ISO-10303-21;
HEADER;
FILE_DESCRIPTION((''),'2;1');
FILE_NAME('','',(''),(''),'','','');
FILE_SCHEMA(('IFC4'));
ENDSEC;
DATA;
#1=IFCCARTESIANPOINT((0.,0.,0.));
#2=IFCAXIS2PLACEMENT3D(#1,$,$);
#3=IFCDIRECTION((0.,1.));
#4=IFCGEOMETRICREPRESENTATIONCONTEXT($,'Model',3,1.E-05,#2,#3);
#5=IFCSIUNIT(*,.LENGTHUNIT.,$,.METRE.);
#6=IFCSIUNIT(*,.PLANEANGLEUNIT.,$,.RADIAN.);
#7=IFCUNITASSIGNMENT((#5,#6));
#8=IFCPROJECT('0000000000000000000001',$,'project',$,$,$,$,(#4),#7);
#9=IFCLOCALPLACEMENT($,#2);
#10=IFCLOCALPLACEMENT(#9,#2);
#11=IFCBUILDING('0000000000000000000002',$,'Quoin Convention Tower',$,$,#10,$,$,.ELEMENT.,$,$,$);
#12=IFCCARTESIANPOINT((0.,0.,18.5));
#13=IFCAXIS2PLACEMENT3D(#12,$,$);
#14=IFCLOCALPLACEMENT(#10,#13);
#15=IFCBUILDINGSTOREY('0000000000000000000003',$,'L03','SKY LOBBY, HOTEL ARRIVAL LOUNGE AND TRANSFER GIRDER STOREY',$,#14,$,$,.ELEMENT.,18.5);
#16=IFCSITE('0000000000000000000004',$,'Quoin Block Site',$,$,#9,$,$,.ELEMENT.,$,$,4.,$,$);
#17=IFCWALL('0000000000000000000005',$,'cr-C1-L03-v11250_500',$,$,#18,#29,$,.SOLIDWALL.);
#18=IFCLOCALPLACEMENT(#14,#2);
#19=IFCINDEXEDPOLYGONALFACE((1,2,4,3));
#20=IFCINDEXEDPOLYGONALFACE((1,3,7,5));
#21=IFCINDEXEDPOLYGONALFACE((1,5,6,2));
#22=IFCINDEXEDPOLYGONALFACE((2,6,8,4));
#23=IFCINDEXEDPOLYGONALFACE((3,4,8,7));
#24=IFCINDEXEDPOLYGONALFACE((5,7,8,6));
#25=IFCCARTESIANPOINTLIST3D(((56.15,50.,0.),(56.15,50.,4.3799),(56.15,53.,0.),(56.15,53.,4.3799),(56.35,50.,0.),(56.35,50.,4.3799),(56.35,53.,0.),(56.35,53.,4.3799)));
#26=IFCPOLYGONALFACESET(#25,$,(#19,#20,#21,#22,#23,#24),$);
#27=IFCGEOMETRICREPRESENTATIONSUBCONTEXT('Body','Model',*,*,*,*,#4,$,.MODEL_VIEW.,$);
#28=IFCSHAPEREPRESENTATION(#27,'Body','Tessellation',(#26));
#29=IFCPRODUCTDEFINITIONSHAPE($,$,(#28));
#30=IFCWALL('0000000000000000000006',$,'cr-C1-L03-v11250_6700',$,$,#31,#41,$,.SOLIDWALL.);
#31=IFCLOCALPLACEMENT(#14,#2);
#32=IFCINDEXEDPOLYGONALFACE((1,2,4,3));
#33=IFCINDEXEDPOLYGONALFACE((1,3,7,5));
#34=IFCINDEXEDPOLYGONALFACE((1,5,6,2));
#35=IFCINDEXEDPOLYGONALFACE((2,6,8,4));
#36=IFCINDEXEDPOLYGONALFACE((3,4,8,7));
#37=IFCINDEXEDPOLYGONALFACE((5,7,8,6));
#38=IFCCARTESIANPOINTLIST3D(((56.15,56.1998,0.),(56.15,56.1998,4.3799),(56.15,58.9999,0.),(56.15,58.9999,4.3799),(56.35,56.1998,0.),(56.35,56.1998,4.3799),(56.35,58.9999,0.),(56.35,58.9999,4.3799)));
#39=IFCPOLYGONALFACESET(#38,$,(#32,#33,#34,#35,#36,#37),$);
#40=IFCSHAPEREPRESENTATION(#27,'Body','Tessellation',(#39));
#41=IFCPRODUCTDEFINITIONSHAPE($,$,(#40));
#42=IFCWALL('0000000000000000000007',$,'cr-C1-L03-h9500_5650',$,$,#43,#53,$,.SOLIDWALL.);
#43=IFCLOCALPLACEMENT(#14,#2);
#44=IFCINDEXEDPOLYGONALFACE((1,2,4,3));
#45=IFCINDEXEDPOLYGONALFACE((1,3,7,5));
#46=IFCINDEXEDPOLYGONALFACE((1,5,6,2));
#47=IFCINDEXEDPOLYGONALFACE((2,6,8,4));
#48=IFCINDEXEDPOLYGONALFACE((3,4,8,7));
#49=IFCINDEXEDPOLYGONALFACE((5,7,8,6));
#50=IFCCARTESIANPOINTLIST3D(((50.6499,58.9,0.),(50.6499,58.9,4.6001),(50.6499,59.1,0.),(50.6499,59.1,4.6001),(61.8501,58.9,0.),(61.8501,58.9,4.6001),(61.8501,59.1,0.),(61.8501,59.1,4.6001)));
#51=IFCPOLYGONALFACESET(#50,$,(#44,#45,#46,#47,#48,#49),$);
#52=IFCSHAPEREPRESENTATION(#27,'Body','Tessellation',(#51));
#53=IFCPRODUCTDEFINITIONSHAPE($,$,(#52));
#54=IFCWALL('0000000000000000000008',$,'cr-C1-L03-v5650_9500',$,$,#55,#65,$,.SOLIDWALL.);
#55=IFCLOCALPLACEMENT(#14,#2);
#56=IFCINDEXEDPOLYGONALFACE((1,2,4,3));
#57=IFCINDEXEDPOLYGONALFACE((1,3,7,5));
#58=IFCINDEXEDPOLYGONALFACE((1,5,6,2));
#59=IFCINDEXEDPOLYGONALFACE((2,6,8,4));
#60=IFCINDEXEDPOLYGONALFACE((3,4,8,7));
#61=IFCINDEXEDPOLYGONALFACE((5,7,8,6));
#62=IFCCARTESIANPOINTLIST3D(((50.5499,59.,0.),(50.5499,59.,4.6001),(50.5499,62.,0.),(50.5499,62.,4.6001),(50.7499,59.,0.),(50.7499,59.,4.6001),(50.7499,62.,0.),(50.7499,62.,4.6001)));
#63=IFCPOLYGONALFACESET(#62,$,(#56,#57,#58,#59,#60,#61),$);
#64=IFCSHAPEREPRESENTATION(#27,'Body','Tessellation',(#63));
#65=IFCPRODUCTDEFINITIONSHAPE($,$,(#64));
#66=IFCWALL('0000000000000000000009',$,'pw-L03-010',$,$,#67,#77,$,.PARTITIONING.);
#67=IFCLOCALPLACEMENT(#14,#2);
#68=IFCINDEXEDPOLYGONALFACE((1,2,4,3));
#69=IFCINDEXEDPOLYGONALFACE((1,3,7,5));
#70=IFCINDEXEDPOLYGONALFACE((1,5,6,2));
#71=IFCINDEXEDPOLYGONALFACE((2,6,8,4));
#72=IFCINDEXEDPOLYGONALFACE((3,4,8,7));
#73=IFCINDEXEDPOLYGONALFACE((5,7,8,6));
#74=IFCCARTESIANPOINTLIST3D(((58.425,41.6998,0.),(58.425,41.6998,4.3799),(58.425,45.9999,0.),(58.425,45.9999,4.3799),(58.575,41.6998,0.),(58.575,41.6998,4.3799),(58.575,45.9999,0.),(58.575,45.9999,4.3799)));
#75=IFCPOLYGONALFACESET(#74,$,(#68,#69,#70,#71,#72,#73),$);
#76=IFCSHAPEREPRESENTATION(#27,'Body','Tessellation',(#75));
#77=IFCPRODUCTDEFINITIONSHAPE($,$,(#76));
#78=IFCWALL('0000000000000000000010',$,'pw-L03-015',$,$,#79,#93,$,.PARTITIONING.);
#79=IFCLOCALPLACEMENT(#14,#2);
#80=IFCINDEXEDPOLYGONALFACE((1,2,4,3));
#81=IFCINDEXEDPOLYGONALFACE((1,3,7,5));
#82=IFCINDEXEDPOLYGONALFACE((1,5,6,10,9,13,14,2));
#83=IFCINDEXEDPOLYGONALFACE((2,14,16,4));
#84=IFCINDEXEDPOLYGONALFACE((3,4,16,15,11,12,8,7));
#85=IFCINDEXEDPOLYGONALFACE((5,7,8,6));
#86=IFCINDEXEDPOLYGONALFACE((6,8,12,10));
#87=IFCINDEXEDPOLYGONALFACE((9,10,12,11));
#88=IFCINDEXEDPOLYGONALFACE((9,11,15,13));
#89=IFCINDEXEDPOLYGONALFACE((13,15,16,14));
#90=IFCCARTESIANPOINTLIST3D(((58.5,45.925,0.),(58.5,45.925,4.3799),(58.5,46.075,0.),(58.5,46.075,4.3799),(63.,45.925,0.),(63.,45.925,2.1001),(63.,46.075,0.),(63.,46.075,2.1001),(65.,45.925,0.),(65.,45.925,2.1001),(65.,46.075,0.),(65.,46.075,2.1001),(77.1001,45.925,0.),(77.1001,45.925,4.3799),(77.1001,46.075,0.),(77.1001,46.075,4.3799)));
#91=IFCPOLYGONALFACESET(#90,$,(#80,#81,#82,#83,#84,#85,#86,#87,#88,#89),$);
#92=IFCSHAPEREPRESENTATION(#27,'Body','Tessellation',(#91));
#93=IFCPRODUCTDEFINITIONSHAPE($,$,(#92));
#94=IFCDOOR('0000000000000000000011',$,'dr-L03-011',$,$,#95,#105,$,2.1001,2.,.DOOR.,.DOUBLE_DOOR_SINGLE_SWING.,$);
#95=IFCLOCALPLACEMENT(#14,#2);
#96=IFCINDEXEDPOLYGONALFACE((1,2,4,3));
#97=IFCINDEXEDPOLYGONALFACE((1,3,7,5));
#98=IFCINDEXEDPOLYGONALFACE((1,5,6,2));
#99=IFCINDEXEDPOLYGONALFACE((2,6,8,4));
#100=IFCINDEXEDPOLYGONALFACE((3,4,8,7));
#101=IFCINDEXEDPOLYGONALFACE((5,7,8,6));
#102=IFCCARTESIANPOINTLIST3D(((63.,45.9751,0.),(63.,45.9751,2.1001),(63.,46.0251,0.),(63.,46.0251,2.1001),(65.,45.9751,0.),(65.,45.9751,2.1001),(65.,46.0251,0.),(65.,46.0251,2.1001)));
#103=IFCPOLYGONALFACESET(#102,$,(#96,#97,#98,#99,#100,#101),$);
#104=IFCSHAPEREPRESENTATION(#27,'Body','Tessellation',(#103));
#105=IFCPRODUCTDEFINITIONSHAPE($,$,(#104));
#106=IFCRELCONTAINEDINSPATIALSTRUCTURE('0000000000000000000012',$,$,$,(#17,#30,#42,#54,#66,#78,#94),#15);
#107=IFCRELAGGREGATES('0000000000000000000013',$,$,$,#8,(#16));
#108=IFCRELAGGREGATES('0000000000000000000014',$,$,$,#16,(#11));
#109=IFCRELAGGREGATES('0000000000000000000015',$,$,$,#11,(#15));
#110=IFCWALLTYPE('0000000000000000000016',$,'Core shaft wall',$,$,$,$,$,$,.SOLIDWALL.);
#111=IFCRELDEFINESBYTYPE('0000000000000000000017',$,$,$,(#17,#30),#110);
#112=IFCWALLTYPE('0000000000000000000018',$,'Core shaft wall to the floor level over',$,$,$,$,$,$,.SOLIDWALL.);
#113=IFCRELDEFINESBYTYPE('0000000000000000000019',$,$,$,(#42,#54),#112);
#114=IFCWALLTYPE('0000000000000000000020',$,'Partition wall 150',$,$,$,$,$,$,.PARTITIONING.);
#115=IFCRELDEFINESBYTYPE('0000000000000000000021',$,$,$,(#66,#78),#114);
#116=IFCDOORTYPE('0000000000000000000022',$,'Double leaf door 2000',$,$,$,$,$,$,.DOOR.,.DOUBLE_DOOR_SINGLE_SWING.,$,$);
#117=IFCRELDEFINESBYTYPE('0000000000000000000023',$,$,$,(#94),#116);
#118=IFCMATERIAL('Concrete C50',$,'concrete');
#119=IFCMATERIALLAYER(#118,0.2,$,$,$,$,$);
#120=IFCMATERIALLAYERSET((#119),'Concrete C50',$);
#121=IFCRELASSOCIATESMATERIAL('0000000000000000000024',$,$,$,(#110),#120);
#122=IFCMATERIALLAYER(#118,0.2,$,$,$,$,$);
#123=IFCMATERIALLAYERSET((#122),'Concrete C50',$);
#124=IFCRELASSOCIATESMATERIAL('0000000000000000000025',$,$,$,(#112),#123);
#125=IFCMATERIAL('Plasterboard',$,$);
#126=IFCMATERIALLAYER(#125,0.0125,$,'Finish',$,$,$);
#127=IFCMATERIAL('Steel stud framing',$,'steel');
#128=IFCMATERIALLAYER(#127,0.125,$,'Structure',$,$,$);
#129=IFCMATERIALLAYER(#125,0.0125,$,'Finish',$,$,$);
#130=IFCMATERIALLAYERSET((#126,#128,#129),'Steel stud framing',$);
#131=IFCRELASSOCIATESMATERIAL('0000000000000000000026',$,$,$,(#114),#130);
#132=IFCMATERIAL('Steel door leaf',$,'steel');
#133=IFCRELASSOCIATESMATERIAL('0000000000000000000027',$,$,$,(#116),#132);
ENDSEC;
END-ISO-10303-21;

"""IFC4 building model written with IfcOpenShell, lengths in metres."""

from ifc_helpers import new_model, si_unit, direction, frame, frame_2d, origin, place, context, subcontext, project, spatial, rectangle, extrude, material, layer, layer_set, type_object, element, fill, save


model = new_model("IFC4")

# Units and contexts
model_context = context("Model", 3, precision=1e-05, world=origin(), true_north=direction((0.0, 1.0)))
body_context = subcontext(model_context, "Body", "Model", "MODEL_VIEW")
ifc_project = project(units=[si_unit("LENGTHUNIT", "METRE"), si_unit("PLANEANGLEUNIT", "RADIAN")], contexts=[model_context])

# Site, building, storey
site_placement = place(None, origin())
site = spatial("IfcSite", under=ifc_project, at=site_placement, Name="Quoin Block Site", CompositionType="ELEMENT", RefElevation=4.0)
building_placement = place(site_placement, origin())
building = spatial("IfcBuilding", under=site, at=building_placement, Name="Quoin Convention Tower", CompositionType="ELEMENT")
storey_placement = place(building_placement, frame((0.0, 0.0, 18.5)))
storey = spatial("IfcBuildingStorey", under=building, at=storey_placement, Name="L03", Description="SKY LOBBY, HOTEL ARRIVAL LOUNGE AND TRANSFER GIRDER STOREY", CompositionType="ELEMENT", Elevation=18.5)

# Shared definitions
ifc_material_1 = material(Name="Plasterboard")
ifc_material_2 = material(Name="Steel stud framing", Category="steel")

# Shared definitions
ifc_material_3 = material(Name="Concrete C50", Category="concrete")
ifc_layer_1 = layer(ifc_material_3, 0.2)
ifc_layer_set_1 = layer_set([ifc_layer_1], Name="Concrete C50")
wall_type_1 = type_object("IfcWallType", Name="Core shaft wall", PredefinedType="SOLIDWALL", material=ifc_layer_set_1)
ifc_material_4 = material(Name="Steel door leaf", Category="steel")

# Walls
wall_1_placement = place(storey_placement, frame((56.25, 50.0, 0.0), z_axis=(0.0, 0.0, 1.0), x_axis=(0.0, 1.0, 0.0)))
element("IfcWall", 1, at=wall_1_placement, inside=storey, type_object=wall_type_1, Name="cr-C1-L03-v11250_500", PredefinedType="SOLIDWALL", context=body_context, shape_type="SweptSolid", body=[
    extrude(rectangle(XDim=3.0, YDim=0.2, at=frame_2d((1.5, 0.0))), origin(), (0.0, 0.0, 1.0), 4.3799),
])
wall_2_placement = place(storey_placement, frame((56.25, 56.2, 0.0), z_axis=(0.0, 0.0, 1.0), x_axis=(0.0, 1.0, 0.0)))
element("IfcWall", 2, at=wall_2_placement, inside=storey, type_object=wall_type_1, Name="cr-C1-L03-v11250_6700", PredefinedType="SOLIDWALL", context=body_context, shape_type="SweptSolid", body=[
    extrude(rectangle(XDim=2.8, YDim=0.2, at=frame_2d((1.3999, 0.0))), origin(), (0.0, 0.0, 1.0), 4.3799),
])
ifc_layer_2 = layer(ifc_material_3, 0.2)
ifc_layer_set_2 = layer_set([ifc_layer_2], Name="Concrete C50")
wall_type_2 = type_object("IfcWallType", Name="Core shaft wall to the floor level over", PredefinedType="SOLIDWALL", material=ifc_layer_set_2)
wall_3_placement = place(storey_placement, frame((50.6499, 59.0, 0.0), z_axis=(0.0, 0.0, 1.0), x_axis=(1.0, 0.0, 0.0)))
element("IfcWall", 3, at=wall_3_placement, inside=storey, type_object=wall_type_2, Name="cr-C1-L03-h9500_5650", PredefinedType="SOLIDWALL", context=body_context, shape_type="SweptSolid", body=[
    extrude(rectangle(XDim=11.2002, YDim=0.2, at=frame_2d((5.6001, 0.0))), origin(), (0.0, 0.0, 1.0), 4.6001),
])
wall_4_placement = place(storey_placement, frame((50.6499, 59.0, 0.0), z_axis=(0.0, 0.0, 1.0), x_axis=(0.0, 1.0, 0.0)))
element("IfcWall", 4, at=wall_4_placement, inside=storey, type_object=wall_type_2, Name="cr-C1-L03-v5650_9500", PredefinedType="SOLIDWALL", context=body_context, shape_type="SweptSolid", body=[
    extrude(rectangle(XDim=3.0, YDim=0.2, at=frame_2d((1.5, 0.0))), origin(), (0.0, 0.0, 1.0), 4.6001),
])
ifc_layer_3 = layer(ifc_material_1, 0.0125, Name="Finish")
ifc_layer_4 = layer(ifc_material_2, 0.125, Name="Structure")
ifc_layer_5 = layer(ifc_material_1, 0.0125, Name="Finish")
ifc_layer_set_3 = layer_set([ifc_layer_3, ifc_layer_4, ifc_layer_5], Name="Steel stud framing")
wall_type_3 = type_object("IfcWallType", Name="Partition wall 150", PredefinedType="PARTITIONING", material=ifc_layer_set_3)
wall_5_placement = place(storey_placement, frame((58.5, 41.7, 0.0), z_axis=(0.0, 0.0, 1.0), x_axis=(0.0, 1.0, 0.0)))
element("IfcWall", 5, at=wall_5_placement, inside=storey, type_object=wall_type_3, Name="pw-L03-010", PredefinedType="PARTITIONING", context=body_context, shape_type="SweptSolid", body=[
    extrude(rectangle(XDim=4.3, YDim=0.1499, at=frame_2d((2.1499, 0.0))), origin(), (0.0, 0.0, 1.0), 4.3799),
])

# Wall, opening, door
wall_6_placement = place(storey_placement, frame((58.5, 46.0, 0.0), z_axis=(0.0, 0.0, 1.0), x_axis=(1.0, 0.0, 0.0)))
wall_6 = element("IfcWall", 6, at=wall_6_placement, inside=storey, type_object=wall_type_3, Name="pw-L03-015", PredefinedType="PARTITIONING", context=body_context, shape_type="SweptSolid", body=[
    extrude(rectangle(XDim=18.6001, YDim=0.1499, at=frame_2d((9.3, 0.0))), origin(), (0.0, 0.0, 1.0), 4.3799),
])
opening_1_placement = place(wall_6_placement, frame((4.5, 0.0, 0.0)))
opening_1 = element("IfcOpeningElement", 7, at=opening_1_placement, cuts=wall_6, PredefinedType="OPENING", context=body_context, shape_type="SweptSolid", body=[
    extrude(rectangle(XDim=2.0, YDim=2.1001, at=frame_2d((1.0, 1.05))), frame((0.0, 0.085, 0.0), z_axis=(0.0, -1.0, 0.0), x_axis=(1.0, 0.0, 0.0)), (0.0, 0.0, 1.0), 0.1699),
])
door_type_1 = type_object("IfcDoorType", Name="Double leaf door 2000", OperationType="DOUBLE_DOOR_SINGLE_SWING", PredefinedType="DOOR", material=ifc_material_4)
door_1_placement = place(opening_1_placement, frame((2.0, 0.0, 0.0), z_axis=(0.0, 0.0, 1.0), x_axis=(-1.0, 0.0, 0.0)))
door_1 = element("IfcDoor", 8, at=door_1_placement, inside=storey, type_object=door_type_1, Name="dr-L03-011", OperationType="DOUBLE_DOOR_SINGLE_SWING", OverallHeight=2.1001, OverallWidth=2.0, PredefinedType="DOOR", context=body_context, shape_type="SweptSolid", body=[
    extrude(rectangle(XDim=2.0, YDim=2.1001, at=frame_2d((1.0, 1.05))), frame((0.0, 0.0249, 0.0), z_axis=(0.0, -1.0, 0.0), x_axis=(1.0, 0.0, 0.0)), (0.0, 0.0, 1.0), 0.05),
])
fill(opening_1, door_1)

save(model, "model.ifc")
